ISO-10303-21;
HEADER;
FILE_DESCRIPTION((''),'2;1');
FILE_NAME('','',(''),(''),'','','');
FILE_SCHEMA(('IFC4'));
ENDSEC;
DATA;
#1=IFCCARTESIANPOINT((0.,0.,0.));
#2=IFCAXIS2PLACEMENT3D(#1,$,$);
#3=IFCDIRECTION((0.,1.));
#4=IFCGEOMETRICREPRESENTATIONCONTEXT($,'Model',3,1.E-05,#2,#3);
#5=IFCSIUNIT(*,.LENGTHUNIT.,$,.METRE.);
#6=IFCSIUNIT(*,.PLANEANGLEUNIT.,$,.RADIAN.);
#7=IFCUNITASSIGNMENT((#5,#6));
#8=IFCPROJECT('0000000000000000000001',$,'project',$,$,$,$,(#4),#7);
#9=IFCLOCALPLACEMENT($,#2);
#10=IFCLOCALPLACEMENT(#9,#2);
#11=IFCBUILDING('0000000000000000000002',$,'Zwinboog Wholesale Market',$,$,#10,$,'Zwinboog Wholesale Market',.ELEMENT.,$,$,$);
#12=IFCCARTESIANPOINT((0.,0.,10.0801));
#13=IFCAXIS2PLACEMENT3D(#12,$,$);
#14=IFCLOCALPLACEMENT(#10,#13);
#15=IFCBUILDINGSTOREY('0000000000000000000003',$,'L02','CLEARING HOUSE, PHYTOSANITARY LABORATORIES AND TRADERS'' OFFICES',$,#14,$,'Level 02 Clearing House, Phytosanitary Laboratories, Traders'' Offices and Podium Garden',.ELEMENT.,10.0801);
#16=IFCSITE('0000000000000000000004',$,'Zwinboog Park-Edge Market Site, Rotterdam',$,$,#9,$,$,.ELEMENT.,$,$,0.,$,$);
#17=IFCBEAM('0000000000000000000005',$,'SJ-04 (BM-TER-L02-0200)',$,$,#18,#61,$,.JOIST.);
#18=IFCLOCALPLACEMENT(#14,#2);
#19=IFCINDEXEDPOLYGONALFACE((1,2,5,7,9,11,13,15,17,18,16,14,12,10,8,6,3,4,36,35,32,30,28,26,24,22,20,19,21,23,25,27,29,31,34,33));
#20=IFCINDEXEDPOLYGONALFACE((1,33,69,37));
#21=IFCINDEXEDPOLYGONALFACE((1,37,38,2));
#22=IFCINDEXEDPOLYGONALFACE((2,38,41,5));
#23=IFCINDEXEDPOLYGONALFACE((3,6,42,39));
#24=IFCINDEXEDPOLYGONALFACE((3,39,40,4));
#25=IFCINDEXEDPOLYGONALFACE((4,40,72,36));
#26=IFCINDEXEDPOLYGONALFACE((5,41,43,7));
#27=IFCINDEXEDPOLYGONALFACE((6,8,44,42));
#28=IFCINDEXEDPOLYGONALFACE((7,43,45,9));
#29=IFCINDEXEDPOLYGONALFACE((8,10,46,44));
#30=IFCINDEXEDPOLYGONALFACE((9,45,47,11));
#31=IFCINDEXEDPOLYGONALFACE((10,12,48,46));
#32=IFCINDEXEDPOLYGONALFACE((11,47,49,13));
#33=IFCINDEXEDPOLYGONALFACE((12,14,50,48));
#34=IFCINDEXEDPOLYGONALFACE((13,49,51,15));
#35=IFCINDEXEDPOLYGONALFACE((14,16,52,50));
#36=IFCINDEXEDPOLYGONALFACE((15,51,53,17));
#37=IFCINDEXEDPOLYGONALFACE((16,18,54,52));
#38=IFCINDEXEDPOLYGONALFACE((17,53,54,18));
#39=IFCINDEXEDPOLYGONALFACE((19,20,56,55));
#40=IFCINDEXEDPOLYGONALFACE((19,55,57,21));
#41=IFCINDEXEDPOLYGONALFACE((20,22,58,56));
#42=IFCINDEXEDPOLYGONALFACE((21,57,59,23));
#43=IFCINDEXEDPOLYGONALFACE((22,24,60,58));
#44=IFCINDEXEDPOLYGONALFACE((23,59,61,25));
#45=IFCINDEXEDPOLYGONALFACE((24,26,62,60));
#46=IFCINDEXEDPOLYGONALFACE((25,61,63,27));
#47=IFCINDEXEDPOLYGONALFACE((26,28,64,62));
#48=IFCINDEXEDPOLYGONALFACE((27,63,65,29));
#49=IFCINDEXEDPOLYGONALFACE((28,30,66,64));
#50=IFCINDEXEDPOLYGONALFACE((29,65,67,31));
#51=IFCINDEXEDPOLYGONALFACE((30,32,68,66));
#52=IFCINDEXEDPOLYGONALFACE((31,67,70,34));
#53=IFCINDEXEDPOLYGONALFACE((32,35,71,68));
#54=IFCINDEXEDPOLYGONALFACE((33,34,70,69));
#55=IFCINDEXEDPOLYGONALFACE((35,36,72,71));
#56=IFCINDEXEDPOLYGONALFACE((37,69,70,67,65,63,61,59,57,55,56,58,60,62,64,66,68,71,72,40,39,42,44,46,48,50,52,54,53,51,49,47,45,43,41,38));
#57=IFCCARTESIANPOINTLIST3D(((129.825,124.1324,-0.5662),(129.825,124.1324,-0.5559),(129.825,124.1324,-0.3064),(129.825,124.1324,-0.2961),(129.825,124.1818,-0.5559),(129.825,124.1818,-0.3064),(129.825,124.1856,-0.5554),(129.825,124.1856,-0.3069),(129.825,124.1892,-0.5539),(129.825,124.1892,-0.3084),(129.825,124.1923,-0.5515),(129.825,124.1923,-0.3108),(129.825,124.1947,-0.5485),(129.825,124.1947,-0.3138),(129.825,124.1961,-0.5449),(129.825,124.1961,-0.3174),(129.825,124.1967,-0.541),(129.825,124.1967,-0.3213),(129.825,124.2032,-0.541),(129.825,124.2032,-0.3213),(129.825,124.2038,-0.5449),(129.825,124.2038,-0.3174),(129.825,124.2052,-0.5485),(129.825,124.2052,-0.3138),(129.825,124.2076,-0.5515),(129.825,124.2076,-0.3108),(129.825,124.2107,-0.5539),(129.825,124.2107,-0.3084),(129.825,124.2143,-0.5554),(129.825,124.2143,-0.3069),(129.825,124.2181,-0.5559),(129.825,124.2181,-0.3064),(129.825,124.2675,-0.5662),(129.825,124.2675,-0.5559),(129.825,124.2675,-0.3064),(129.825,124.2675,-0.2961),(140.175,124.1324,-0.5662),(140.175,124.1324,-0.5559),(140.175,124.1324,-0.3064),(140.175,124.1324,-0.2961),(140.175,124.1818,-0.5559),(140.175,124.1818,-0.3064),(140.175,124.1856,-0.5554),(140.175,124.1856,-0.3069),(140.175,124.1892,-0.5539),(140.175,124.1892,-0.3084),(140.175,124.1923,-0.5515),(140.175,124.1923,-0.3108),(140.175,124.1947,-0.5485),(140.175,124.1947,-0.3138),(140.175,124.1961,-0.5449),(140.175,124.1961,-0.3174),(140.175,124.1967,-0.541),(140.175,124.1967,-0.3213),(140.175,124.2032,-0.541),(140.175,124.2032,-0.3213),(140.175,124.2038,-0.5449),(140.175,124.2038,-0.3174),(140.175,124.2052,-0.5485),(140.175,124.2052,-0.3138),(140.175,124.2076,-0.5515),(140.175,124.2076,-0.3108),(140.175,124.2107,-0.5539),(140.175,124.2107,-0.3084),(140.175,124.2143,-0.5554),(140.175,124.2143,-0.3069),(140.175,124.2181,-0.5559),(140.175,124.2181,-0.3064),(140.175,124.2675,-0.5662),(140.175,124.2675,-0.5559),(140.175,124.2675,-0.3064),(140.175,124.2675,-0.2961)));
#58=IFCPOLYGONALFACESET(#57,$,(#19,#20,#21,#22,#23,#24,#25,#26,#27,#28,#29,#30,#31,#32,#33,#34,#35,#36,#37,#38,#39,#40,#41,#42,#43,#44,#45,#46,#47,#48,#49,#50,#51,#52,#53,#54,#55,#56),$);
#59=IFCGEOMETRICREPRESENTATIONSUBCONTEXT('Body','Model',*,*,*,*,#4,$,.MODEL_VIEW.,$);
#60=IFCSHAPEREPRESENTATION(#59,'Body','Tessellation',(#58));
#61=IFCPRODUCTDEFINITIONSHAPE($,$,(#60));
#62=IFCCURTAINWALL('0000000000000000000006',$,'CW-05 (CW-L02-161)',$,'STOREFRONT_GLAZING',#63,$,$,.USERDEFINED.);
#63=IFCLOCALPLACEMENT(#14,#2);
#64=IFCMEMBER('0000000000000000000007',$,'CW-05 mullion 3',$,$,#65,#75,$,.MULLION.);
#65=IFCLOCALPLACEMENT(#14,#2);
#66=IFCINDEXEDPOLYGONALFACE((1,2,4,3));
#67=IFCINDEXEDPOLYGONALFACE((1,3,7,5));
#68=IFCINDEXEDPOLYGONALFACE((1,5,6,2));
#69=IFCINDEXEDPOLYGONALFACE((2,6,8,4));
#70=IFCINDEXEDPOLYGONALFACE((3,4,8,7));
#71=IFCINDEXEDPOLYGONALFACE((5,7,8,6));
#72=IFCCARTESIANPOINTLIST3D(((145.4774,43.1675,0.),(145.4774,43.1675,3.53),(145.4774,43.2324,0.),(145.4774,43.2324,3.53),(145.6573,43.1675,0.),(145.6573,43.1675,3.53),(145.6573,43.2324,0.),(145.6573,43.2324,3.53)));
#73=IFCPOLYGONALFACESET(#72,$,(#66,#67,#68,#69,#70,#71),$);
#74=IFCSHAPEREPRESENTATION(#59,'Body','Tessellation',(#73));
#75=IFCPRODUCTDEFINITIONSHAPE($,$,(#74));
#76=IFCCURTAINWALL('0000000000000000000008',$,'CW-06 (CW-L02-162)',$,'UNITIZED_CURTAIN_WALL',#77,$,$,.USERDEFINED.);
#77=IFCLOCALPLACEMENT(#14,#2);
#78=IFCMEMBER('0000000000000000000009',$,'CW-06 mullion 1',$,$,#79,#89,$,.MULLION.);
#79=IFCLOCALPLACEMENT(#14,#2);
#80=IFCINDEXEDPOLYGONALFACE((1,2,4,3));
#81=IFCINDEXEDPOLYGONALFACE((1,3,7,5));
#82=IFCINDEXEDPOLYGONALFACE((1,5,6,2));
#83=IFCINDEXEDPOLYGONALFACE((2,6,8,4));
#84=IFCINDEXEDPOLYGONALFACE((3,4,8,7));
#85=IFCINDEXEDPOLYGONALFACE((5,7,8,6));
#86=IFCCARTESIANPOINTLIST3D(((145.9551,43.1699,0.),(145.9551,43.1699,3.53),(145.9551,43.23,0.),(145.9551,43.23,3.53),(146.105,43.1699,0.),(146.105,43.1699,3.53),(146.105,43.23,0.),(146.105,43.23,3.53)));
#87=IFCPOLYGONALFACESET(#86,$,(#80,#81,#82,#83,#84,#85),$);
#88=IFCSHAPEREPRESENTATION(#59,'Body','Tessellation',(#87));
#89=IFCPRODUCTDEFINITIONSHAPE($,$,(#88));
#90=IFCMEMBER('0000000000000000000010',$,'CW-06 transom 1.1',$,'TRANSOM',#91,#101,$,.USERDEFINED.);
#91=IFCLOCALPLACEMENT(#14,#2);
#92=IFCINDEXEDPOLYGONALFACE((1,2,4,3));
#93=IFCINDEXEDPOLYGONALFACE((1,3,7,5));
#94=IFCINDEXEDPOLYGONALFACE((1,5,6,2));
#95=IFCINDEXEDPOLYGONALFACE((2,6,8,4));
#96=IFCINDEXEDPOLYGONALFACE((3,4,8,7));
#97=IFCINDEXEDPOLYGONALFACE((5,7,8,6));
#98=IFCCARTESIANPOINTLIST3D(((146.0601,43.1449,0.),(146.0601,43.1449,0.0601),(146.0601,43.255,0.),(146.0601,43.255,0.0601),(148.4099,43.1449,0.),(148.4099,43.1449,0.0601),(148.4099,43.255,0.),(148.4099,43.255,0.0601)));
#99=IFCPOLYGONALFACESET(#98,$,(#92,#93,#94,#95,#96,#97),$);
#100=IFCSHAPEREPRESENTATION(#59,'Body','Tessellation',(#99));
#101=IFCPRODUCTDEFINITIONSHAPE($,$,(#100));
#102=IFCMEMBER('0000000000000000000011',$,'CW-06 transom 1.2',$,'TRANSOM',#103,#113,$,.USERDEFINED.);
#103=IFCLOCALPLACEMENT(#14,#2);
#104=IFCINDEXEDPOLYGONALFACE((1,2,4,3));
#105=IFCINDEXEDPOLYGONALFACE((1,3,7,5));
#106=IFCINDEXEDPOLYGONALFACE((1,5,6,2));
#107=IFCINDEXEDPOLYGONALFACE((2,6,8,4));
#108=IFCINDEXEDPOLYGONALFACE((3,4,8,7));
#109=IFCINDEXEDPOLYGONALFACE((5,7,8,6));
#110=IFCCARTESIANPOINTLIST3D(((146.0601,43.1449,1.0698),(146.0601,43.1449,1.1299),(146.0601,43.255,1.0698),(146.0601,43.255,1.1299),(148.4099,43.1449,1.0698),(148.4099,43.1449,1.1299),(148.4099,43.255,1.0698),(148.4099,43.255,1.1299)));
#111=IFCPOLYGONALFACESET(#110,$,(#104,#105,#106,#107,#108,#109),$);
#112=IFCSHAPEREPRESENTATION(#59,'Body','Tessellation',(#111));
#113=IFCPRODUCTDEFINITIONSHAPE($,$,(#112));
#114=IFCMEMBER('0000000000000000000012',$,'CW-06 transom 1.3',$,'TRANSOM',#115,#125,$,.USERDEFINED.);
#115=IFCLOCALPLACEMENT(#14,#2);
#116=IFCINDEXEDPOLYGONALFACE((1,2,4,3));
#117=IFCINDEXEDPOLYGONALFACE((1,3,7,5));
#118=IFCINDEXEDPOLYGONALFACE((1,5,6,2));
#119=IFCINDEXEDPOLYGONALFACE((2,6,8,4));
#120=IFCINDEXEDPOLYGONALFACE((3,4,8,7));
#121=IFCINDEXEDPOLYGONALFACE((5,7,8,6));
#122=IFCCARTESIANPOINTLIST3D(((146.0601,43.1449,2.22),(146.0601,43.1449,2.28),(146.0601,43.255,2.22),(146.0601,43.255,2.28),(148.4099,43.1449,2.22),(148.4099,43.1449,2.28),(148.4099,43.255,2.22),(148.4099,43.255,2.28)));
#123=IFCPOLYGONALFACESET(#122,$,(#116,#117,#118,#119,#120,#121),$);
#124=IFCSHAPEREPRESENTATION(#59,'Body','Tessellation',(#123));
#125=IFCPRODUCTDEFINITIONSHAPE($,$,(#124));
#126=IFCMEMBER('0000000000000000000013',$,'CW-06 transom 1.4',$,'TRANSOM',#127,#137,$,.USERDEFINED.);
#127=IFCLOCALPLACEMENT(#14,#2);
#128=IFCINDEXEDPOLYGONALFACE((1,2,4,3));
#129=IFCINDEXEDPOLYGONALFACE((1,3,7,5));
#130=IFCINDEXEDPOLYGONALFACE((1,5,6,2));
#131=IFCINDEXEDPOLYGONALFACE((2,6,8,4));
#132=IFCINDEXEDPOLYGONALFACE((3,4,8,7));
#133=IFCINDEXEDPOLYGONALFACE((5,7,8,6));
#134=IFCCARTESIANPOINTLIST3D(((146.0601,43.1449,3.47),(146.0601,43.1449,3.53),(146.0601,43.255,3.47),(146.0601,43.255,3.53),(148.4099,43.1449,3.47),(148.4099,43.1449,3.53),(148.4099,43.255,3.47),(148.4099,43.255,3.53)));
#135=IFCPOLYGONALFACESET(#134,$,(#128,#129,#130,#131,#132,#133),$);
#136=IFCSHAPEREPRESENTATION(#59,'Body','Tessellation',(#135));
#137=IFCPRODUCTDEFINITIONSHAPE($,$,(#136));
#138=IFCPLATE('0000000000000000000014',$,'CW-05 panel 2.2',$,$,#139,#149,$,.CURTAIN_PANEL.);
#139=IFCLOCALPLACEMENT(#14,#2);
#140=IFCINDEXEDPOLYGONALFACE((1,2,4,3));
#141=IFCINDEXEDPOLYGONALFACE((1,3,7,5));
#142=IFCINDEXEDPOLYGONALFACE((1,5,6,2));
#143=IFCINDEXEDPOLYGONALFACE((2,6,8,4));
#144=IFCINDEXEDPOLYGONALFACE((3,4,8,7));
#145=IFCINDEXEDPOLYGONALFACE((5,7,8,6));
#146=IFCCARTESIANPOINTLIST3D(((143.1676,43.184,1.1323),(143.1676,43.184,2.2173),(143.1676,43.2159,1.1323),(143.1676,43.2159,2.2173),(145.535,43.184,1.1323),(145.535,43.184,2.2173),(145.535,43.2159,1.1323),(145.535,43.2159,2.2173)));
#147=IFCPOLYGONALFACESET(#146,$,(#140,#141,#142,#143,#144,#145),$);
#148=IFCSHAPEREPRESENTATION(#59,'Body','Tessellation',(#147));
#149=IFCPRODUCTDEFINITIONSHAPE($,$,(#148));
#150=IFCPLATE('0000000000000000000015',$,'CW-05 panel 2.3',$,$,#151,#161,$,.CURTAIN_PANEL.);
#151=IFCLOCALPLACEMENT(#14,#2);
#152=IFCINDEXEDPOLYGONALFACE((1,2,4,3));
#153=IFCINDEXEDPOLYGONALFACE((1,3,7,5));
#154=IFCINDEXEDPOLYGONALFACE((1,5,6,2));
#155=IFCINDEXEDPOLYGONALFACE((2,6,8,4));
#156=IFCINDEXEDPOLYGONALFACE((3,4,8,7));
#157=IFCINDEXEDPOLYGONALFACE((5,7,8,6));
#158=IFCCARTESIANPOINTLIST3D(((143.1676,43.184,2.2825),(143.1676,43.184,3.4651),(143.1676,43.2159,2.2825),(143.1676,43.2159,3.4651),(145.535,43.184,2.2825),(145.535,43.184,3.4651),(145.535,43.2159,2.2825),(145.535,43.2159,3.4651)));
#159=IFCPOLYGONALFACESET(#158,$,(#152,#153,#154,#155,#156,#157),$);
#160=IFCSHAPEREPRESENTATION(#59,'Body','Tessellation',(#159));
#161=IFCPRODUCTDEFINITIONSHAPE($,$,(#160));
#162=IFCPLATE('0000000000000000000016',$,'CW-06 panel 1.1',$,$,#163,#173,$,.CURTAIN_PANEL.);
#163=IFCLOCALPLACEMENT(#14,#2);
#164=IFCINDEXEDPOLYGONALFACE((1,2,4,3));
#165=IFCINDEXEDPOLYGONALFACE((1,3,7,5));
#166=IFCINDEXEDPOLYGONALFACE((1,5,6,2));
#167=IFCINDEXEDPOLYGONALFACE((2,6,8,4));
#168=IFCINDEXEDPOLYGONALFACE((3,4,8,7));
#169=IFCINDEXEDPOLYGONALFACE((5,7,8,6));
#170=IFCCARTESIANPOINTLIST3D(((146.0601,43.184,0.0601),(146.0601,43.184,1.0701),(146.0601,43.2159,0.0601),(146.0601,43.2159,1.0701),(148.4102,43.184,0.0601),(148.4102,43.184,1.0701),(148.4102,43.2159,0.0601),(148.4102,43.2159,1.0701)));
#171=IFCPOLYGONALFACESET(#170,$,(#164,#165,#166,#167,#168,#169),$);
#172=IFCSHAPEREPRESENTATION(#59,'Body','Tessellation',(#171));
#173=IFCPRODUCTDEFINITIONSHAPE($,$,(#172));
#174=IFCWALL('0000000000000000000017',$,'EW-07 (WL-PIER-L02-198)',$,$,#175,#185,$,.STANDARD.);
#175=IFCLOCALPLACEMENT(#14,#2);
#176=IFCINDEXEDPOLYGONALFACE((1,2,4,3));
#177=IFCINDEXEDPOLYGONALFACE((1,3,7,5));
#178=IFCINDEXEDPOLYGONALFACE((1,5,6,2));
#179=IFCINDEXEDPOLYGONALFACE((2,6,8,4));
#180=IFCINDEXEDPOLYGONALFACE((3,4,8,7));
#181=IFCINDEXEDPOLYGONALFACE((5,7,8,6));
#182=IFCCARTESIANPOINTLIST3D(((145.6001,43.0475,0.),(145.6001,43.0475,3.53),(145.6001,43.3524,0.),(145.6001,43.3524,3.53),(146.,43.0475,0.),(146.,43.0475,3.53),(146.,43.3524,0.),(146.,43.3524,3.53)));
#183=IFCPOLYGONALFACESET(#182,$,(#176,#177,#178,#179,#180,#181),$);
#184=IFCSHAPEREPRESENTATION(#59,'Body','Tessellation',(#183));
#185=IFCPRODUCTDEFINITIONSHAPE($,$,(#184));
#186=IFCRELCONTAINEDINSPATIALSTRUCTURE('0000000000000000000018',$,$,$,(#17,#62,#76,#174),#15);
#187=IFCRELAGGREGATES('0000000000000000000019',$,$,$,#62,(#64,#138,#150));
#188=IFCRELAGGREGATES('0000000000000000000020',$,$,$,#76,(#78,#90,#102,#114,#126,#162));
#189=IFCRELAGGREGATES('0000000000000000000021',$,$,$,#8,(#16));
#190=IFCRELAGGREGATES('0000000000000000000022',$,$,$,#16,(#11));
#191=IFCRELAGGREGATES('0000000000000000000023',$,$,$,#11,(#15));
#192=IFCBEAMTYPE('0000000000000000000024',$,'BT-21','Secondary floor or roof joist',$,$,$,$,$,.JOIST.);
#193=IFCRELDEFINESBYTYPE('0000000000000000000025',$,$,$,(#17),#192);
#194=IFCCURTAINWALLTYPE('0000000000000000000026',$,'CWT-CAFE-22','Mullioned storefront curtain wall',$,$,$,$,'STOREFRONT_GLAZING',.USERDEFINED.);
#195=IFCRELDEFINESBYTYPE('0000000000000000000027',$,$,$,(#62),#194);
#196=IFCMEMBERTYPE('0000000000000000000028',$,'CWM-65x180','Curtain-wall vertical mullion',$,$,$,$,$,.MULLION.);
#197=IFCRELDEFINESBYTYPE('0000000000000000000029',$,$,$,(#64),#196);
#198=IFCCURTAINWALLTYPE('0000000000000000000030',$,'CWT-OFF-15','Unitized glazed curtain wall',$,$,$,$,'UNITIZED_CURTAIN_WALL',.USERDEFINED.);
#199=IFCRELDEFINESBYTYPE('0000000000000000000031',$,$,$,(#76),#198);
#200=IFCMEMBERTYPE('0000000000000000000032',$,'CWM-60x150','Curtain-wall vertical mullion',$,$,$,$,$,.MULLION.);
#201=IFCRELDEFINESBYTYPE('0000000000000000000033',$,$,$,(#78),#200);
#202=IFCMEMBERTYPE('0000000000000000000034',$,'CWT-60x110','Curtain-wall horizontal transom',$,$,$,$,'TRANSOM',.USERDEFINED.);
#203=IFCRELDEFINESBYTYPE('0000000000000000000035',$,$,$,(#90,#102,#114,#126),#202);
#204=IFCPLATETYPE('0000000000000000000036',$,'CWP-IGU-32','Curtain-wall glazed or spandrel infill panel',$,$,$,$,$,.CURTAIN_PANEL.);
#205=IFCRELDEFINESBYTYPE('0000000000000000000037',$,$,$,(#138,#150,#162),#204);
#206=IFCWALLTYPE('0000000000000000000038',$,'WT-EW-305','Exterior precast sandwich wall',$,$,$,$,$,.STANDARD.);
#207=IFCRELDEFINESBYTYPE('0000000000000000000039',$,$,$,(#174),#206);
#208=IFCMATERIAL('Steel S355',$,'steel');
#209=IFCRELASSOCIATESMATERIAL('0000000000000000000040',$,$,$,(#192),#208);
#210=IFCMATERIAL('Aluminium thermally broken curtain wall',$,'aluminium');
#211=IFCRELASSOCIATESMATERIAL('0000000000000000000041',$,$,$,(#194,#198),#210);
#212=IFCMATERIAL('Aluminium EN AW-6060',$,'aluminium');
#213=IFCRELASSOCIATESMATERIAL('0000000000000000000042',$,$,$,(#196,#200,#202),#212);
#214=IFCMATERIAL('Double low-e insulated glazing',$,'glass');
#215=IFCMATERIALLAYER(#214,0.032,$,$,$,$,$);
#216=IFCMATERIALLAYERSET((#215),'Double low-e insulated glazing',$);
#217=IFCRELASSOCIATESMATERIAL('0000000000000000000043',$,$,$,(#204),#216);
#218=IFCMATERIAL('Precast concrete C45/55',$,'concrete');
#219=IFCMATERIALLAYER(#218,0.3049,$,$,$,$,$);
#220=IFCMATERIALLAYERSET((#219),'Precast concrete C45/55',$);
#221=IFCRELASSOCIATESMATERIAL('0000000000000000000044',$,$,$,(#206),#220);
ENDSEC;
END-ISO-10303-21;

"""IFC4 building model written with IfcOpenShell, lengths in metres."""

from ifc_helpers import new_model, si_unit, direction, frame, frame_2d, origin, origin_2d, place, context, subcontext, project, spatial, rectangle, i_section, extrude, material, layer, layer_set, material_profile, profile_set, type_object, element, aggregate, save


model = new_model("IFC4")

# Units and contexts
model_context = context("Model", 3, precision=1e-05, world=origin(), true_north=direction((0.0, 1.0)))
body_context = subcontext(model_context, "Body", "Model", "MODEL_VIEW")
ifc_project = project(units=[si_unit("LENGTHUNIT", "METRE"), si_unit("PLANEANGLEUNIT", "RADIAN")], contexts=[model_context])

# Site, building, storey
site_placement = place(None, origin())
site = spatial("IfcSite", under=ifc_project, at=site_placement, Name="Zwinboog Park-Edge Market Site, Rotterdam", CompositionType="ELEMENT", RefElevation=0.0)
building_placement = place(site_placement, origin())
building = spatial("IfcBuilding", under=site, at=building_placement, Name="Zwinboog Wholesale Market", LongName="Zwinboog Wholesale Market", CompositionType="ELEMENT")
storey_placement = place(building_placement, frame((0.0, 0.0, 10.0801)))
storey = spatial("IfcBuildingStorey", under=building, at=storey_placement, Name="L02", Description="CLEARING HOUSE, PHYTOSANITARY LABORATORIES AND TRADERS' OFFICES", LongName="Level 02 Clearing House, Phytosanitary Laboratories, Traders' Offices and Podium Garden", CompositionType="ELEMENT", Elevation=10.0801)

# Beam
ifc_material_1 = material(Name="Precast concrete C45/55", Category="concrete")
ifc_material_2 = material(Name="Steel S355", Category="steel")
ifc_material_profile_1 = material_profile(ifc_material_2, i_section(OverallWidth=0.135, OverallDepth=0.27, WebThickness=0.0066, FlangeThickness=0.0103, FilletRadius=0.0149, at=origin_2d()), Name="IPE 270")
ifc_profile_set_1 = profile_set([ifc_material_profile_1], Name="Steel S355")
beam_type_1 = type_object("IfcBeamType", Name="BT-21", Description="Secondary floor or roof joist", PredefinedType="JOIST", material=ifc_profile_set_1)
for number, where, z_axis, x_axis, name in (
    (1, (129.825, 124.2, -0.4312), (1.0, 0.0, 0.0), (0.0, 1.0, 0.0), "SJ-04 (BM-TER-L02-0200)"),
):
    element("IfcBeam", number, at=place(storey_placement, frame(where, z_axis=z_axis, x_axis=x_axis)), inside=storey, type_object=beam_type_1, Name=name, PredefinedType="JOIST", context=body_context, shape_type="SweptSolid", body=[
        extrude(i_section(OverallWidth=0.135, OverallDepth=0.27, WebThickness=0.0066, FlangeThickness=0.0103, FilletRadius=0.0149, at=origin_2d()), origin(), (0.0, 0.0, 1.0), 10.3501),
    ])

# Curtain wall, member
ifc_material_3 = material(Name="Aluminium thermally broken curtain wall", Category="aluminium")
curtain_wall_type_1 = type_object("IfcCurtainWallType", Name="CWT-CAFE-22", Description="Mullioned storefront curtain wall", ElementType="STOREFRONT_GLAZING", PredefinedType="USERDEFINED", material=ifc_material_3)
curtain_wall_1_placement = place(storey_placement, origin())
curtain_wall_1 = element("IfcCurtainWall", 2, at=curtain_wall_1_placement, inside=storey, type_object=curtain_wall_type_1, Name="CW-05 (CW-L02-161)", ObjectType="STOREFRONT_GLAZING", PredefinedType="USERDEFINED")
ifc_material_4 = material(Name="Aluminium EN AW-6060", Category="aluminium")
ifc_material_profile_2 = material_profile(ifc_material_4, rectangle(XDim=0.0649, YDim=0.1799, at=origin_2d()), Name="AL 65x180")
ifc_profile_set_2 = profile_set([ifc_material_profile_2], Name="Aluminium EN AW-6060")
member_type_1 = type_object("IfcMemberType", Name="CWM-65x180", Description="Curtain-wall vertical mullion", PredefinedType="MULLION", material=ifc_profile_set_2)
member_1_placement = place(storey_placement, frame((145.5674, 43.2, 0.0), z_axis=(0.0, 0.0, 1.0), x_axis=(0.0, 1.0, 0.0)))
member_1 = element("IfcMember", 3, at=member_1_placement, type_object=member_type_1, Name="CW-05 mullion 3", PredefinedType="MULLION", context=body_context, shape_type="SweptSolid", body=[
    extrude(rectangle(XDim=0.0649, YDim=0.1799, at=origin_2d()), origin(), (0.0, 0.0, 1.0), 3.53),
])

# Curtain wall, members
curtain_wall_type_2 = type_object("IfcCurtainWallType", Name="CWT-OFF-15", Description="Unitized glazed curtain wall", ElementType="UNITIZED_CURTAIN_WALL", PredefinedType="USERDEFINED", material=ifc_material_3)
curtain_wall_2_placement = place(storey_placement, origin())
curtain_wall_2 = element("IfcCurtainWall", 4, at=curtain_wall_2_placement, inside=storey, type_object=curtain_wall_type_2, Name="CW-06 (CW-L02-162)", ObjectType="UNITIZED_CURTAIN_WALL", PredefinedType="USERDEFINED")
ifc_material_profile_3 = material_profile(ifc_material_4, rectangle(XDim=0.0601, YDim=0.1499, at=origin_2d()), Name="AL 60x150")
ifc_profile_set_3 = profile_set([ifc_material_profile_3], Name="Aluminium EN AW-6060")
member_type_2 = type_object("IfcMemberType", Name="CWM-60x150", Description="Curtain-wall vertical mullion", PredefinedType="MULLION", material=ifc_profile_set_3)
member_2_placement = place(storey_placement, frame((146.03, 43.2, 0.0), z_axis=(0.0, 0.0, 1.0), x_axis=(0.0, 1.0, 0.0)))
member_2 = element("IfcMember", 5, at=member_2_placement, type_object=member_type_2, Name="CW-06 mullion 1", PredefinedType="MULLION", context=body_context, shape_type="SweptSolid", body=[
    extrude(rectangle(XDim=0.0601, YDim=0.1499, at=origin_2d()), origin(), (0.0, 0.0, 1.0), 3.53),
])
ifc_material_profile_4 = material_profile(ifc_material_4, rectangle(XDim=0.1101, YDim=0.0601, at=origin_2d()), Name="AL 60x110")
ifc_profile_set_4 = profile_set([ifc_material_profile_4], Name="Aluminium EN AW-6060")
member_type_3 = type_object("IfcMemberType", Name="CWT-60x110", Description="Curtain-wall horizontal transom", ElementType="TRANSOM", PredefinedType="USERDEFINED", material=ifc_profile_set_4)
member_3_placement = place(storey_placement, frame((146.0601, 43.2, 0.03), z_axis=(1.0, 0.0, 0.0), x_axis=(0.0, 1.0, 0.0)))
member_3 = element("IfcMember", 6, at=member_3_placement, type_object=member_type_3, Name="CW-06 transom 1.1", ObjectType="TRANSOM", PredefinedType="USERDEFINED", context=body_context, shape_type="SweptSolid", body=[
    extrude(rectangle(XDim=0.1101, YDim=0.0601, at=origin_2d()), origin(), (0.0, 0.0, 1.0), 2.3499),
])
member_4_placement = place(storey_placement, frame((146.0601, 43.2, 1.0999), z_axis=(1.0, 0.0, 0.0), x_axis=(0.0, 1.0, 0.0)))
member_4 = element("IfcMember", 7, at=member_4_placement, type_object=member_type_3, Name="CW-06 transom 1.2", ObjectType="TRANSOM", PredefinedType="USERDEFINED", context=body_context, shape_type="SweptSolid", body=[
    extrude(rectangle(XDim=0.1101, YDim=0.0601, at=origin_2d()), origin(), (0.0, 0.0, 1.0), 2.3499),
])
member_5_placement = place(storey_placement, frame((146.0601, 43.2, 2.25), z_axis=(1.0, 0.0, 0.0), x_axis=(0.0, 1.0, 0.0)))
member_5 = element("IfcMember", 8, at=member_5_placement, type_object=member_type_3, Name="CW-06 transom 1.3", ObjectType="TRANSOM", PredefinedType="USERDEFINED", context=body_context, shape_type="SweptSolid", body=[
    extrude(rectangle(XDim=0.1101, YDim=0.0601, at=origin_2d()), origin(), (0.0, 0.0, 1.0), 2.3499),
])
member_6_placement = place(storey_placement, frame((146.0601, 43.2, 3.5), z_axis=(1.0, 0.0, 0.0), x_axis=(0.0, 1.0, 0.0)))
member_6 = element("IfcMember", 9, at=member_6_placement, type_object=member_type_3, Name="CW-06 transom 1.4", ObjectType="TRANSOM", PredefinedType="USERDEFINED", context=body_context, shape_type="SweptSolid", body=[
    extrude(rectangle(XDim=0.1101, YDim=0.0601, at=origin_2d()), origin(), (0.0, 0.0, 1.0), 2.3499),
])

# Plates
ifc_material_5 = material(Name="Double low-e insulated glazing", Category="glass")
ifc_layer_1 = layer(ifc_material_5, 0.032)
ifc_layer_set_1 = layer_set([ifc_layer_1], Name="Double low-e insulated glazing")
plate_type = type_object("IfcPlateType", Name="CWP-IGU-32", Description="Curtain-wall glazed or spandrel infill panel", PredefinedType="CURTAIN_PANEL", material=ifc_layer_set_1)
plate_1_placement = place(storey_placement, frame((144.3513, 43.2, 1.1323), z_axis=(0.0, 0.0, 1.0), x_axis=(1.0, 0.0, 0.0)))
plate_1 = element("IfcPlate", 10, at=plate_1_placement, type_object=plate_type, Name="CW-05 panel 2.2", PredefinedType="CURTAIN_PANEL", context=body_context, shape_type="SweptSolid", body=[
    extrude(rectangle(XDim=2.3674, YDim=0.032, at=origin_2d()), origin(), (0.0, 0.0, 1.0), 1.085),
])
plate_2_placement = place(storey_placement, frame((144.3513, 43.2, 2.2825), z_axis=(0.0, 0.0, 1.0), x_axis=(1.0, 0.0, 0.0)))
plate_2 = element("IfcPlate", 11, at=plate_2_placement, type_object=plate_type, Name="CW-05 panel 2.3", PredefinedType="CURTAIN_PANEL", context=body_context, shape_type="SweptSolid", body=[
    extrude(rectangle(XDim=2.3674, YDim=0.032, at=origin_2d()), origin(), (0.0, 0.0, 1.0), 1.1826),
])
aggregate(curtain_wall_1, [member_1, plate_1, plate_2])
plate_3_placement = place(storey_placement, frame((147.2351, 43.2, 0.0601), z_axis=(0.0, 0.0, 1.0), x_axis=(1.0, 0.0, 0.0)))
plate_3 = element("IfcPlate", 12, at=plate_3_placement, type_object=plate_type, Name="CW-06 panel 1.1", PredefinedType="CURTAIN_PANEL", context=body_context, shape_type="SweptSolid", body=[
    extrude(rectangle(XDim=2.3501, YDim=0.032, at=origin_2d()), origin(), (0.0, 0.0, 1.0), 1.01),
])
aggregate(curtain_wall_2, [member_2, member_3, member_4, member_5, member_6, plate_3])

# Wall
ifc_layer_2 = layer(ifc_material_1, 0.3049)
ifc_layer_set_2 = layer_set([ifc_layer_2], Name="Precast concrete C45/55")
wall_type_1 = type_object("IfcWallType", Name="WT-EW-305", Description="Exterior precast sandwich wall", PredefinedType="STANDARD", material=ifc_layer_set_2)
wall_1_placement = place(storey_placement, frame((145.6001, 43.2, 0.0), z_axis=(0.0, 0.0, 1.0), x_axis=(1.0, 0.0, 0.0)))
element("IfcWall", 13, at=wall_1_placement, inside=storey, type_object=wall_type_1, Name="EW-07 (WL-PIER-L02-198)", PredefinedType="STANDARD", context=body_context, shape_type="SweptSolid", body=[
    extrude(rectangle(XDim=0.3999, YDim=0.3049, at=frame_2d((0.2, 0.0))), origin(), (0.0, 0.0, 1.0), 3.53),
])

save(model, "model.ifc")
